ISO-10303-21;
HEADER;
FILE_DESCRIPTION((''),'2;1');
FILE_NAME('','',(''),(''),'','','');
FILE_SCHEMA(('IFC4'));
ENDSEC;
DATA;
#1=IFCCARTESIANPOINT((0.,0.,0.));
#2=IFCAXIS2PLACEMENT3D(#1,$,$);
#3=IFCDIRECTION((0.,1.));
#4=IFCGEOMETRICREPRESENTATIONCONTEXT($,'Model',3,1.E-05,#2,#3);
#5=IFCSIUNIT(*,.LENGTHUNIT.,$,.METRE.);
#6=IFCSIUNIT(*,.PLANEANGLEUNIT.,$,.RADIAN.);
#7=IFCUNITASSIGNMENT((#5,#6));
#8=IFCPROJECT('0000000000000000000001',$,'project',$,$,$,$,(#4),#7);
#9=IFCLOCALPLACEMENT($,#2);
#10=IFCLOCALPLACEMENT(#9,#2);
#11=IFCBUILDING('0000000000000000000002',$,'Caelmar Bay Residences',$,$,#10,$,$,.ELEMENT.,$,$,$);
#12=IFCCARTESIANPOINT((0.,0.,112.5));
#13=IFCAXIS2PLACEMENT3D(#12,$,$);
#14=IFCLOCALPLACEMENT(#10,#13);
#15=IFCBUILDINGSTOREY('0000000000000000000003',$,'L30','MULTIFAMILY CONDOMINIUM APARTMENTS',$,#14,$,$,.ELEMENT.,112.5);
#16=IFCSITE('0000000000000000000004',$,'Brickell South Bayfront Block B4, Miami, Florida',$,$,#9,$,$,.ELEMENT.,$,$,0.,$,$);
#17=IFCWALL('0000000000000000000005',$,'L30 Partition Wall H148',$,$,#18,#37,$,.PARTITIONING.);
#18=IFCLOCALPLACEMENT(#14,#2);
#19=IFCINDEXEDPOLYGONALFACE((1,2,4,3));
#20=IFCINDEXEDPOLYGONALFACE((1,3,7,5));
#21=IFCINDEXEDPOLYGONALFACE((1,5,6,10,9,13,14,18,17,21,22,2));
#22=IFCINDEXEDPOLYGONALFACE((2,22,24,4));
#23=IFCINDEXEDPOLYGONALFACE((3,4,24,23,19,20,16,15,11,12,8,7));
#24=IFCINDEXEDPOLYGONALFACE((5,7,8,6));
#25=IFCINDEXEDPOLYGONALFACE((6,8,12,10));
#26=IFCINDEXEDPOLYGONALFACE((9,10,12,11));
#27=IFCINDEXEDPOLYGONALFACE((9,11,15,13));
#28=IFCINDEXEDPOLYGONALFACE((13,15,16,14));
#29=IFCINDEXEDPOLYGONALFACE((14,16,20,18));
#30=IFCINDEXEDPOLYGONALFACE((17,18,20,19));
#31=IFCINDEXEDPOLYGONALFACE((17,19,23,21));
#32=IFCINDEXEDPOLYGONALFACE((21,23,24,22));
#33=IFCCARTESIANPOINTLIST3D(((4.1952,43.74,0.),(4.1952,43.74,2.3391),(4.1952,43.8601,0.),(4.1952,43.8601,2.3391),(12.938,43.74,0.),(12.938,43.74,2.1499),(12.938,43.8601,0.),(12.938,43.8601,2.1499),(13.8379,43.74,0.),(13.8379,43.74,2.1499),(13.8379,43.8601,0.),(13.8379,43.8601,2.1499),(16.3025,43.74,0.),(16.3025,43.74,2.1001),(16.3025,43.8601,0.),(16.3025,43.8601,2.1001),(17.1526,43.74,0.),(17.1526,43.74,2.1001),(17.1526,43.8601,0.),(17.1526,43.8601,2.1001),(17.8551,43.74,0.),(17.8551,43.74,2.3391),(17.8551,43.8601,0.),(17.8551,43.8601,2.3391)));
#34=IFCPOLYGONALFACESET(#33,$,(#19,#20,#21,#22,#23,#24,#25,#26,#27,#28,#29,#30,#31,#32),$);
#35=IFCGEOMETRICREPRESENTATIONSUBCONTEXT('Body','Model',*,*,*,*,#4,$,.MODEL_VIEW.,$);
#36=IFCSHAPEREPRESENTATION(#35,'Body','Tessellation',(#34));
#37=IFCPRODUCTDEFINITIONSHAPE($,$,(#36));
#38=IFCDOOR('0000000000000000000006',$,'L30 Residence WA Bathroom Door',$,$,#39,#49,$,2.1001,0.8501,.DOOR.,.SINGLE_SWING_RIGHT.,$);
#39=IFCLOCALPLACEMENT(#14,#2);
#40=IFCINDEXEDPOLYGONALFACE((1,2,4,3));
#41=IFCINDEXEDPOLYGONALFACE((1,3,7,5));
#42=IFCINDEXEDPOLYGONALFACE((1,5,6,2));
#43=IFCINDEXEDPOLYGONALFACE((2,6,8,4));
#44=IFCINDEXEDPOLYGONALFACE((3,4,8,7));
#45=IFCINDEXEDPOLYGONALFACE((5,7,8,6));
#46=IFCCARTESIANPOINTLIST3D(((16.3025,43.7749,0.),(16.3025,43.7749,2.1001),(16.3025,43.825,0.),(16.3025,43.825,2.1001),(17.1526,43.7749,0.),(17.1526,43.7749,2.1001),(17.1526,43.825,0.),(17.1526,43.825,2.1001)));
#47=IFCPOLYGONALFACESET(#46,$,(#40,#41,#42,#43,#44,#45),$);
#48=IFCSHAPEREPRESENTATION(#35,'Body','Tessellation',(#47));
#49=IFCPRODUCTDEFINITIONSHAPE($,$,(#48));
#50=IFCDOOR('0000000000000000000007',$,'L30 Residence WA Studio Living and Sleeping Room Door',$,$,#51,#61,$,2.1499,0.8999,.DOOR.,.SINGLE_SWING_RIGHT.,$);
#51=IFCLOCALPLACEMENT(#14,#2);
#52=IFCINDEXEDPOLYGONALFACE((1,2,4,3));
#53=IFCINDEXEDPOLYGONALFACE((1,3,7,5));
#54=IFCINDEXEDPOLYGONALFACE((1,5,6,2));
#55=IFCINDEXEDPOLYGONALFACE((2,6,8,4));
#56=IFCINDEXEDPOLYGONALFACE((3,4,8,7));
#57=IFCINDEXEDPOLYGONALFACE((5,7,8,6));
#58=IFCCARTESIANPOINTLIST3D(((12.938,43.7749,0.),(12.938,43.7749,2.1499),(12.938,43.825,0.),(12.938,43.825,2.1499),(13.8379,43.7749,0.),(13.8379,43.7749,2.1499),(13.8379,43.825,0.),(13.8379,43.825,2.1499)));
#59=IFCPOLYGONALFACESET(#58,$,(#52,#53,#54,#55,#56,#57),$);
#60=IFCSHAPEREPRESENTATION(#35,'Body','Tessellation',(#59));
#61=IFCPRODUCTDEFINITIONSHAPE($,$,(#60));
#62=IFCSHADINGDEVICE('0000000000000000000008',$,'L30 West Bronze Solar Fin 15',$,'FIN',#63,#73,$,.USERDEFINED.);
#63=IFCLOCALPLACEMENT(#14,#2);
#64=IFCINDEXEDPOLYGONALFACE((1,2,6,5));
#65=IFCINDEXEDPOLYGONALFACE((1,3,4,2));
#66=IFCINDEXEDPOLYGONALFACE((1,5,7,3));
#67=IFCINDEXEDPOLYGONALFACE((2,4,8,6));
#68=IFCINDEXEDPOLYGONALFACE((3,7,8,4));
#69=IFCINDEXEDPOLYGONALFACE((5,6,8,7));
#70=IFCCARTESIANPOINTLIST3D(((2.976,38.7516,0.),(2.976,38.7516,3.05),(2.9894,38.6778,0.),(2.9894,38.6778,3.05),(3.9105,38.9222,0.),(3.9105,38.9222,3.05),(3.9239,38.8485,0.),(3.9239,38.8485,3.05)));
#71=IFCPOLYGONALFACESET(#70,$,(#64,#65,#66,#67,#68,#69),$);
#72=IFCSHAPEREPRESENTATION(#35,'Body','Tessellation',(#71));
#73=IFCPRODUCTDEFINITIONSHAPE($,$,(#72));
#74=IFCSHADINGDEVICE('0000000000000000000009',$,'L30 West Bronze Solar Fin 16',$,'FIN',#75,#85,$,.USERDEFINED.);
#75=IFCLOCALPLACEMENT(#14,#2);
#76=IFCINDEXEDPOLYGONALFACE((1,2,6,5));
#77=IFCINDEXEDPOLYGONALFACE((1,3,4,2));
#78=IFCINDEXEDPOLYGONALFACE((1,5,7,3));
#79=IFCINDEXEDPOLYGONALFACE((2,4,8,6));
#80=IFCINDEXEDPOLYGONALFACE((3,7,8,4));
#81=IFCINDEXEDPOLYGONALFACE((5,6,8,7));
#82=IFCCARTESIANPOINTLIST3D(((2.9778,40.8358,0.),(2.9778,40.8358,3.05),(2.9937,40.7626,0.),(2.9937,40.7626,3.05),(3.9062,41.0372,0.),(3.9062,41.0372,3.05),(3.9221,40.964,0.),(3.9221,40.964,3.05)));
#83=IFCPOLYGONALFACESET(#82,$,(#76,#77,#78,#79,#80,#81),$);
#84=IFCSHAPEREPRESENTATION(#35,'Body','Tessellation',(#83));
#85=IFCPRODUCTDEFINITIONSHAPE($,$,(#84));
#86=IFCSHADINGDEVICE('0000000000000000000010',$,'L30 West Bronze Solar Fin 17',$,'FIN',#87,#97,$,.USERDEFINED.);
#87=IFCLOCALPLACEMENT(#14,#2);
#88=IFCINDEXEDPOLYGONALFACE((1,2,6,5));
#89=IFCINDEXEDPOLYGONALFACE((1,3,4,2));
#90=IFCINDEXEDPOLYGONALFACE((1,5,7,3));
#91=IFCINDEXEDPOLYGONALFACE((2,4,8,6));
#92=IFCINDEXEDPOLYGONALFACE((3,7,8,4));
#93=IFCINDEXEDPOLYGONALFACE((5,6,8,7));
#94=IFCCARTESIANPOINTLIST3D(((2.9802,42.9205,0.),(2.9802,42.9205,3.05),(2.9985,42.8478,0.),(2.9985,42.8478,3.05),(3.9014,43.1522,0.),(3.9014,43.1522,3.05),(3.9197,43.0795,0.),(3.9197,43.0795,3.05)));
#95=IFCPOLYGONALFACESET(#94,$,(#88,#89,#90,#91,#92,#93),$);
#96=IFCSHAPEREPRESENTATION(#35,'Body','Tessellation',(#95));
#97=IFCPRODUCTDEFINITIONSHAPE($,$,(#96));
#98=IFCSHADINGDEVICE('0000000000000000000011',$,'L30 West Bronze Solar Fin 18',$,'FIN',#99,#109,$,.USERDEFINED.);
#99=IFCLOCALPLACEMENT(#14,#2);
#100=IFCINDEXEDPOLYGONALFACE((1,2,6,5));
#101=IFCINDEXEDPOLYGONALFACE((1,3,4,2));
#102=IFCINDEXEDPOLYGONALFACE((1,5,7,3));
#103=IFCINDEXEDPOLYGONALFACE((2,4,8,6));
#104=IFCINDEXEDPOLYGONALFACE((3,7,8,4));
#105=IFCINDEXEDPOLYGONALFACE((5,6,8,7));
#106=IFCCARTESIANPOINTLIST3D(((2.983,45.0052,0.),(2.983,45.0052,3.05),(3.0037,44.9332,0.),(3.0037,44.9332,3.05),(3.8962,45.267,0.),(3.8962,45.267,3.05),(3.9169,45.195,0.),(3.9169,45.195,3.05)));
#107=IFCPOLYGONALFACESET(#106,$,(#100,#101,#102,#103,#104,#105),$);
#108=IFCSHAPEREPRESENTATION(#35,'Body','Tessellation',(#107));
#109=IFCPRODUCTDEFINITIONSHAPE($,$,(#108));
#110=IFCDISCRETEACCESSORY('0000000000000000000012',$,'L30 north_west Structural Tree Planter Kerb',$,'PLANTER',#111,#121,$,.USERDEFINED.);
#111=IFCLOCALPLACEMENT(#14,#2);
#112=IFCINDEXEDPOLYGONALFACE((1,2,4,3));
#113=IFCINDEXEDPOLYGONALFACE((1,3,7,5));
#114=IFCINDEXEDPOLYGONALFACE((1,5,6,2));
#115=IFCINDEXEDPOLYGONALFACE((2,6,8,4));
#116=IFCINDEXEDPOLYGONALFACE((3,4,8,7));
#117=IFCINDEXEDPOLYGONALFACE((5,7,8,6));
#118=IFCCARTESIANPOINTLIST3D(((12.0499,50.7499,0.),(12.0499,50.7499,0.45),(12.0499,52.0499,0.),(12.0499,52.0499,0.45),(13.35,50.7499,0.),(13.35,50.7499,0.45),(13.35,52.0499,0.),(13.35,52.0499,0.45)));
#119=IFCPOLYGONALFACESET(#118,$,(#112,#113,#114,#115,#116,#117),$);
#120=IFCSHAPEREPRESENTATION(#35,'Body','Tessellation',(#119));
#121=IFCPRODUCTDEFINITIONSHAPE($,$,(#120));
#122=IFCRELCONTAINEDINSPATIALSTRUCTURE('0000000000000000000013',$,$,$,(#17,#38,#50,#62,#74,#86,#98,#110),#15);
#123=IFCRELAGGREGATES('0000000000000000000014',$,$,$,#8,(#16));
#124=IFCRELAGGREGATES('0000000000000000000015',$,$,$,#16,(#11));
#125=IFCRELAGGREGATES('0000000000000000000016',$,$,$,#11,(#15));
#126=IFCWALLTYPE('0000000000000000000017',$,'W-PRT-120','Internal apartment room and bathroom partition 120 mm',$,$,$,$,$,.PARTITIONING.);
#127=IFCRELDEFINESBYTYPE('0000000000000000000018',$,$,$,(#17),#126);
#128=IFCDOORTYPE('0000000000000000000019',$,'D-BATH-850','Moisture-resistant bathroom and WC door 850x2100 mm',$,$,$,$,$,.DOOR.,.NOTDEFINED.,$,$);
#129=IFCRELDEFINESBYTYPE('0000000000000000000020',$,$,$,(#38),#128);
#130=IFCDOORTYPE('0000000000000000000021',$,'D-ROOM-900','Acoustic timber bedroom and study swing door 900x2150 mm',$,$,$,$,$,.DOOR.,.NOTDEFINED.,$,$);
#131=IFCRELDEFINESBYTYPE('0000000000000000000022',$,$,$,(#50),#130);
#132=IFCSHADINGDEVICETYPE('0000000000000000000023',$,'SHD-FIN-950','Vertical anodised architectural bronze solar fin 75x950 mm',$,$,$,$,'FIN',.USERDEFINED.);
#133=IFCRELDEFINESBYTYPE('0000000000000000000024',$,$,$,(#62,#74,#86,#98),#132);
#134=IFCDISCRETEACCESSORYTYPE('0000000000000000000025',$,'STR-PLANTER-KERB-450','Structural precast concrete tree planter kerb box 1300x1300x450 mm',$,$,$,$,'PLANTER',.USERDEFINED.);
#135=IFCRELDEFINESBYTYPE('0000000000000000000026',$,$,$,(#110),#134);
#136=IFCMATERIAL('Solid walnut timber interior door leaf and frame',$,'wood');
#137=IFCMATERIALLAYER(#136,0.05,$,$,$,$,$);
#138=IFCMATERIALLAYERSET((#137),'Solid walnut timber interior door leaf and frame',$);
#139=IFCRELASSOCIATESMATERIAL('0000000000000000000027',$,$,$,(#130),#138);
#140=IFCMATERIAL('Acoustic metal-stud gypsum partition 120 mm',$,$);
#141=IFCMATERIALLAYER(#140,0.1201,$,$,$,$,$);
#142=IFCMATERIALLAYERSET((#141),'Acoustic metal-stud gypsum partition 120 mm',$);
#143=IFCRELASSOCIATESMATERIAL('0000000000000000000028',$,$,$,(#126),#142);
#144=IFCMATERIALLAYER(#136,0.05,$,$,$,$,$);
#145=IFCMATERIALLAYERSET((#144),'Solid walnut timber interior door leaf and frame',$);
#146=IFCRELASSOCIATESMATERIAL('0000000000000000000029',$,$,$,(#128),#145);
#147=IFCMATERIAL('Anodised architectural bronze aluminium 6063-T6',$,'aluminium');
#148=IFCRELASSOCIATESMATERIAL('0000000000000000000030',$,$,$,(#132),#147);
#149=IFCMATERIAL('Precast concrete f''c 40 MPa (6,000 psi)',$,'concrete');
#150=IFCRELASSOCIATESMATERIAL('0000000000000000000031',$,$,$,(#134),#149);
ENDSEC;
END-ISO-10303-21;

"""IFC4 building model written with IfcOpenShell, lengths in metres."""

from ifc_helpers import new_model, si_unit, direction, frame, frame_2d, origin, origin_2d, place, context, subcontext, project, spatial, rectangle, extrude, material, layer, layer_set, material_profile, profile_set, type_object, element, fill, save


model = new_model("IFC4")

# Units and contexts
model_context = context("Model", 3, precision=1e-05, world=origin(), true_north=direction((0.0, 1.0)))
body_context = subcontext(model_context, "Body", "Model", "MODEL_VIEW")
ifc_project = project(units=[si_unit("LENGTHUNIT", "METRE"), si_unit("PLANEANGLEUNIT", "RADIAN")], contexts=[model_context])

# Site, building, storey
site_placement = place(None, origin())
site = spatial("IfcSite", under=ifc_project, at=site_placement, Name="Brickell South Bayfront Block B4, Miami, Florida", CompositionType="ELEMENT", RefElevation=0.0)
building_placement = place(site_placement, origin())
building = spatial("IfcBuilding", under=site, at=building_placement, Name="Caelmar Bay Residences", CompositionType="ELEMENT")
storey_placement = place(building_placement, frame((0.0, 0.0, 112.5)))
storey = spatial("IfcBuildingStorey", under=building, at=storey_placement, Name="L30", Description="MULTIFAMILY CONDOMINIUM APARTMENTS", CompositionType="ELEMENT", Elevation=112.5)

# Shared definitions
ifc_material_1 = material(Name="Precast concrete f'c 40 MPa (6,000 psi)", Category="concrete")

# Shared definitions
ifc_material_2 = material(Name="Solid walnut timber interior door leaf and frame", Category="wood")
ifc_layer_1 = layer(ifc_material_2, 0.05)
ifc_layer_set_1 = layer_set([ifc_layer_1], Name="Solid walnut timber interior door leaf and frame")
door_type_1 = type_object("IfcDoorType", Name="D-ROOM-900", Description="Acoustic timber bedroom and study swing door 900x2150 mm", OperationType="NOTDEFINED", PredefinedType="DOOR", material=ifc_layer_set_1)
ifc_material_3 = material(Name="Acoustic metal-stud gypsum partition 120 mm")
ifc_layer_2 = layer(ifc_material_3, 0.1201)
ifc_layer_set_2 = layer_set([ifc_layer_2], Name="Acoustic metal-stud gypsum partition 120 mm")
wall_type_1 = type_object("IfcWallType", Name="W-PRT-120", Description="Internal apartment room and bathroom partition 120 mm", PredefinedType="PARTITIONING", material=ifc_layer_set_2)

# Wall, openings, doors
wall_1_placement = place(storey_placement, frame((4.1951, 43.8, 0.0), z_axis=(0.0, 0.0, 1.0), x_axis=(1.0, 0.0, 0.0)))
wall_1 = element("IfcWall", 1, at=wall_1_placement, inside=storey, type_object=wall_type_1, Name="L30 Partition Wall H148", PredefinedType="PARTITIONING", context=body_context, shape_type="SweptSolid", body=[
    extrude(rectangle(XDim=13.6599, YDim=0.1201, at=frame_2d((6.8301, 0.0))), origin(), (0.0, 0.0, 1.0), 2.3391),
])
opening_1_placement = place(wall_1_placement, frame((8.7429, 0.0, 0.0)))
opening_1 = element("IfcOpeningElement", 2, at=opening_1_placement, cuts=wall_1, PredefinedType="OPENING", context=body_context, shape_type="SweptSolid", body=[
    extrude(rectangle(XDim=0.8999, YDim=2.1499, at=frame_2d((0.45, 1.075))), frame((0.0, 0.0701, 0.0), z_axis=(0.0, -1.0, 0.0), x_axis=(1.0, 0.0, 0.0)), (0.0, 0.0, 1.0), 0.1401),
])
opening_2_placement = place(wall_1_placement, frame((12.1074, 0.0, 0.0)))
opening_2 = element("IfcOpeningElement", 3, at=opening_2_placement, cuts=wall_1, PredefinedType="OPENING", context=body_context, shape_type="SweptSolid", body=[
    extrude(rectangle(XDim=0.8501, YDim=2.1001, at=frame_2d((0.425, 1.05))), frame((0.0, 0.0701, 0.0), z_axis=(0.0, -1.0, 0.0), x_axis=(1.0, 0.0, 0.0)), (0.0, 0.0, 1.0), 0.1401),
])
ifc_layer_3 = layer(ifc_material_2, 0.05)
ifc_layer_set_3 = layer_set([ifc_layer_3], Name="Solid walnut timber interior door leaf and frame")
door_type_2 = type_object("IfcDoorType", Name="D-BATH-850", Description="Moisture-resistant bathroom and WC door 850x2100 mm", OperationType="NOTDEFINED", PredefinedType="DOOR", material=ifc_layer_set_3)
door_1_placement = place(opening_2_placement, origin())
door_1 = element("IfcDoor", 4, at=door_1_placement, inside=storey, type_object=door_type_2, Name="L30 Residence WA Bathroom Door", OperationType="SINGLE_SWING_RIGHT", OverallHeight=2.1001, OverallWidth=0.8501, PredefinedType="DOOR", context=body_context, shape_type="SweptSolid", body=[
    extrude(rectangle(XDim=0.8501, YDim=2.1001, at=frame_2d((0.425, 1.05))), frame((0.0, 0.0249, 0.0), z_axis=(0.0, -1.0, 0.0), x_axis=(1.0, 0.0, 0.0)), (0.0, 0.0, 1.0), 0.05),
])
fill(opening_2, door_1)
door_2_placement = place(opening_1_placement, origin())
door_2 = element("IfcDoor", 5, at=door_2_placement, inside=storey, type_object=door_type_1, Name="L30 Residence WA Studio Living and Sleeping Room Door", OperationType="SINGLE_SWING_RIGHT", OverallHeight=2.1499, OverallWidth=0.8999, PredefinedType="DOOR", context=body_context, shape_type="SweptSolid", body=[
    extrude(rectangle(XDim=0.8999, YDim=2.1499, at=frame_2d((0.45, 1.075))), frame((0.0, 0.0249, 0.0), z_axis=(0.0, -1.0, 0.0), x_axis=(1.0, 0.0, 0.0)), (0.0, 0.0, 1.0), 0.05),
])
fill(opening_1, door_2)

# Shading devices
ifc_material_4 = material(Name="Anodised architectural bronze aluminium 6063-T6", Category="aluminium")
ifc_material_profile_1 = material_profile(ifc_material_4, rectangle(XDim=0.075, YDim=0.95, at=origin_2d()), Name="BRONZE-FIN-75X950")
ifc_profile_set_1 = profile_set([ifc_material_profile_1], Name="Anodised architectural bronze aluminium 6063-T6")
shading_device_type = type_object("IfcShadingDeviceType", Name="SHD-FIN-950", Description="Vertical anodised architectural bronze solar fin 75x950 mm", ElementType="FIN", PredefinedType="USERDEFINED", material=ifc_profile_set_1)
for number, where, z_axis, x_axis, name in (
    (6, (3.45, 38.8, 0.0), (0.0, 0.0, 1.0), (-0.179661, 0.983729, 0.0), "L30 West Bronze Solar Fin 15"),
    (7, (3.45, 40.8999, 0.0), (0.0, 0.0, 1.0), (-0.212007, 0.977268, 0.0), "L30 West Bronze Solar Fin 16"),
    (8, (3.45, 43.0, 0.0), (0.0, 0.0, 1.0), (-0.243954, 0.969787, 0.0), "L30 West Bronze Solar Fin 17"),
    (9, (3.45, 45.1001, 0.0), (0.0, 0.0, 1.0), (-0.275637, 0.961262, 0.0), "L30 West Bronze Solar Fin 18"),
):
    element("IfcShadingDevice", number, at=place(storey_placement, frame(where, z_axis=z_axis, x_axis=x_axis)), inside=storey, type_object=shading_device_type, Name=name, ObjectType="FIN", PredefinedType="USERDEFINED", context=body_context, shape_type="SweptSolid", body=[
        extrude(rectangle(XDim=0.075, YDim=0.95, at=origin_2d()), origin(), (0.0, 0.0, 1.0), 3.05),
    ])

# Discrete accessory
discrete_accessory_type = type_object("IfcDiscreteAccessoryType", Name="STR-PLANTER-KERB-450", Description="Structural precast concrete tree planter kerb box 1300x1300x450 mm", ElementType="PLANTER", PredefinedType="USERDEFINED", material=ifc_material_1)
discrete_accessory_placement = place(storey_placement, frame((12.7, 51.3999, 0.0), z_axis=(0.0, 0.0, 1.0), x_axis=(1.0, 0.0, 0.0)))
element("IfcDiscreteAccessory", 10, at=discrete_accessory_placement, inside=storey, type_object=discrete_accessory_type, Name="L30 north_west Structural Tree Planter Kerb", ObjectType="PLANTER", PredefinedType="USERDEFINED", context=body_context, shape_type="SweptSolid", body=[
    extrude(rectangle(XDim=1.3, YDim=1.3, at=origin_2d()), origin(), (0.0, 0.0, 1.0), 0.45),
])

save(model, "model.ifc")
